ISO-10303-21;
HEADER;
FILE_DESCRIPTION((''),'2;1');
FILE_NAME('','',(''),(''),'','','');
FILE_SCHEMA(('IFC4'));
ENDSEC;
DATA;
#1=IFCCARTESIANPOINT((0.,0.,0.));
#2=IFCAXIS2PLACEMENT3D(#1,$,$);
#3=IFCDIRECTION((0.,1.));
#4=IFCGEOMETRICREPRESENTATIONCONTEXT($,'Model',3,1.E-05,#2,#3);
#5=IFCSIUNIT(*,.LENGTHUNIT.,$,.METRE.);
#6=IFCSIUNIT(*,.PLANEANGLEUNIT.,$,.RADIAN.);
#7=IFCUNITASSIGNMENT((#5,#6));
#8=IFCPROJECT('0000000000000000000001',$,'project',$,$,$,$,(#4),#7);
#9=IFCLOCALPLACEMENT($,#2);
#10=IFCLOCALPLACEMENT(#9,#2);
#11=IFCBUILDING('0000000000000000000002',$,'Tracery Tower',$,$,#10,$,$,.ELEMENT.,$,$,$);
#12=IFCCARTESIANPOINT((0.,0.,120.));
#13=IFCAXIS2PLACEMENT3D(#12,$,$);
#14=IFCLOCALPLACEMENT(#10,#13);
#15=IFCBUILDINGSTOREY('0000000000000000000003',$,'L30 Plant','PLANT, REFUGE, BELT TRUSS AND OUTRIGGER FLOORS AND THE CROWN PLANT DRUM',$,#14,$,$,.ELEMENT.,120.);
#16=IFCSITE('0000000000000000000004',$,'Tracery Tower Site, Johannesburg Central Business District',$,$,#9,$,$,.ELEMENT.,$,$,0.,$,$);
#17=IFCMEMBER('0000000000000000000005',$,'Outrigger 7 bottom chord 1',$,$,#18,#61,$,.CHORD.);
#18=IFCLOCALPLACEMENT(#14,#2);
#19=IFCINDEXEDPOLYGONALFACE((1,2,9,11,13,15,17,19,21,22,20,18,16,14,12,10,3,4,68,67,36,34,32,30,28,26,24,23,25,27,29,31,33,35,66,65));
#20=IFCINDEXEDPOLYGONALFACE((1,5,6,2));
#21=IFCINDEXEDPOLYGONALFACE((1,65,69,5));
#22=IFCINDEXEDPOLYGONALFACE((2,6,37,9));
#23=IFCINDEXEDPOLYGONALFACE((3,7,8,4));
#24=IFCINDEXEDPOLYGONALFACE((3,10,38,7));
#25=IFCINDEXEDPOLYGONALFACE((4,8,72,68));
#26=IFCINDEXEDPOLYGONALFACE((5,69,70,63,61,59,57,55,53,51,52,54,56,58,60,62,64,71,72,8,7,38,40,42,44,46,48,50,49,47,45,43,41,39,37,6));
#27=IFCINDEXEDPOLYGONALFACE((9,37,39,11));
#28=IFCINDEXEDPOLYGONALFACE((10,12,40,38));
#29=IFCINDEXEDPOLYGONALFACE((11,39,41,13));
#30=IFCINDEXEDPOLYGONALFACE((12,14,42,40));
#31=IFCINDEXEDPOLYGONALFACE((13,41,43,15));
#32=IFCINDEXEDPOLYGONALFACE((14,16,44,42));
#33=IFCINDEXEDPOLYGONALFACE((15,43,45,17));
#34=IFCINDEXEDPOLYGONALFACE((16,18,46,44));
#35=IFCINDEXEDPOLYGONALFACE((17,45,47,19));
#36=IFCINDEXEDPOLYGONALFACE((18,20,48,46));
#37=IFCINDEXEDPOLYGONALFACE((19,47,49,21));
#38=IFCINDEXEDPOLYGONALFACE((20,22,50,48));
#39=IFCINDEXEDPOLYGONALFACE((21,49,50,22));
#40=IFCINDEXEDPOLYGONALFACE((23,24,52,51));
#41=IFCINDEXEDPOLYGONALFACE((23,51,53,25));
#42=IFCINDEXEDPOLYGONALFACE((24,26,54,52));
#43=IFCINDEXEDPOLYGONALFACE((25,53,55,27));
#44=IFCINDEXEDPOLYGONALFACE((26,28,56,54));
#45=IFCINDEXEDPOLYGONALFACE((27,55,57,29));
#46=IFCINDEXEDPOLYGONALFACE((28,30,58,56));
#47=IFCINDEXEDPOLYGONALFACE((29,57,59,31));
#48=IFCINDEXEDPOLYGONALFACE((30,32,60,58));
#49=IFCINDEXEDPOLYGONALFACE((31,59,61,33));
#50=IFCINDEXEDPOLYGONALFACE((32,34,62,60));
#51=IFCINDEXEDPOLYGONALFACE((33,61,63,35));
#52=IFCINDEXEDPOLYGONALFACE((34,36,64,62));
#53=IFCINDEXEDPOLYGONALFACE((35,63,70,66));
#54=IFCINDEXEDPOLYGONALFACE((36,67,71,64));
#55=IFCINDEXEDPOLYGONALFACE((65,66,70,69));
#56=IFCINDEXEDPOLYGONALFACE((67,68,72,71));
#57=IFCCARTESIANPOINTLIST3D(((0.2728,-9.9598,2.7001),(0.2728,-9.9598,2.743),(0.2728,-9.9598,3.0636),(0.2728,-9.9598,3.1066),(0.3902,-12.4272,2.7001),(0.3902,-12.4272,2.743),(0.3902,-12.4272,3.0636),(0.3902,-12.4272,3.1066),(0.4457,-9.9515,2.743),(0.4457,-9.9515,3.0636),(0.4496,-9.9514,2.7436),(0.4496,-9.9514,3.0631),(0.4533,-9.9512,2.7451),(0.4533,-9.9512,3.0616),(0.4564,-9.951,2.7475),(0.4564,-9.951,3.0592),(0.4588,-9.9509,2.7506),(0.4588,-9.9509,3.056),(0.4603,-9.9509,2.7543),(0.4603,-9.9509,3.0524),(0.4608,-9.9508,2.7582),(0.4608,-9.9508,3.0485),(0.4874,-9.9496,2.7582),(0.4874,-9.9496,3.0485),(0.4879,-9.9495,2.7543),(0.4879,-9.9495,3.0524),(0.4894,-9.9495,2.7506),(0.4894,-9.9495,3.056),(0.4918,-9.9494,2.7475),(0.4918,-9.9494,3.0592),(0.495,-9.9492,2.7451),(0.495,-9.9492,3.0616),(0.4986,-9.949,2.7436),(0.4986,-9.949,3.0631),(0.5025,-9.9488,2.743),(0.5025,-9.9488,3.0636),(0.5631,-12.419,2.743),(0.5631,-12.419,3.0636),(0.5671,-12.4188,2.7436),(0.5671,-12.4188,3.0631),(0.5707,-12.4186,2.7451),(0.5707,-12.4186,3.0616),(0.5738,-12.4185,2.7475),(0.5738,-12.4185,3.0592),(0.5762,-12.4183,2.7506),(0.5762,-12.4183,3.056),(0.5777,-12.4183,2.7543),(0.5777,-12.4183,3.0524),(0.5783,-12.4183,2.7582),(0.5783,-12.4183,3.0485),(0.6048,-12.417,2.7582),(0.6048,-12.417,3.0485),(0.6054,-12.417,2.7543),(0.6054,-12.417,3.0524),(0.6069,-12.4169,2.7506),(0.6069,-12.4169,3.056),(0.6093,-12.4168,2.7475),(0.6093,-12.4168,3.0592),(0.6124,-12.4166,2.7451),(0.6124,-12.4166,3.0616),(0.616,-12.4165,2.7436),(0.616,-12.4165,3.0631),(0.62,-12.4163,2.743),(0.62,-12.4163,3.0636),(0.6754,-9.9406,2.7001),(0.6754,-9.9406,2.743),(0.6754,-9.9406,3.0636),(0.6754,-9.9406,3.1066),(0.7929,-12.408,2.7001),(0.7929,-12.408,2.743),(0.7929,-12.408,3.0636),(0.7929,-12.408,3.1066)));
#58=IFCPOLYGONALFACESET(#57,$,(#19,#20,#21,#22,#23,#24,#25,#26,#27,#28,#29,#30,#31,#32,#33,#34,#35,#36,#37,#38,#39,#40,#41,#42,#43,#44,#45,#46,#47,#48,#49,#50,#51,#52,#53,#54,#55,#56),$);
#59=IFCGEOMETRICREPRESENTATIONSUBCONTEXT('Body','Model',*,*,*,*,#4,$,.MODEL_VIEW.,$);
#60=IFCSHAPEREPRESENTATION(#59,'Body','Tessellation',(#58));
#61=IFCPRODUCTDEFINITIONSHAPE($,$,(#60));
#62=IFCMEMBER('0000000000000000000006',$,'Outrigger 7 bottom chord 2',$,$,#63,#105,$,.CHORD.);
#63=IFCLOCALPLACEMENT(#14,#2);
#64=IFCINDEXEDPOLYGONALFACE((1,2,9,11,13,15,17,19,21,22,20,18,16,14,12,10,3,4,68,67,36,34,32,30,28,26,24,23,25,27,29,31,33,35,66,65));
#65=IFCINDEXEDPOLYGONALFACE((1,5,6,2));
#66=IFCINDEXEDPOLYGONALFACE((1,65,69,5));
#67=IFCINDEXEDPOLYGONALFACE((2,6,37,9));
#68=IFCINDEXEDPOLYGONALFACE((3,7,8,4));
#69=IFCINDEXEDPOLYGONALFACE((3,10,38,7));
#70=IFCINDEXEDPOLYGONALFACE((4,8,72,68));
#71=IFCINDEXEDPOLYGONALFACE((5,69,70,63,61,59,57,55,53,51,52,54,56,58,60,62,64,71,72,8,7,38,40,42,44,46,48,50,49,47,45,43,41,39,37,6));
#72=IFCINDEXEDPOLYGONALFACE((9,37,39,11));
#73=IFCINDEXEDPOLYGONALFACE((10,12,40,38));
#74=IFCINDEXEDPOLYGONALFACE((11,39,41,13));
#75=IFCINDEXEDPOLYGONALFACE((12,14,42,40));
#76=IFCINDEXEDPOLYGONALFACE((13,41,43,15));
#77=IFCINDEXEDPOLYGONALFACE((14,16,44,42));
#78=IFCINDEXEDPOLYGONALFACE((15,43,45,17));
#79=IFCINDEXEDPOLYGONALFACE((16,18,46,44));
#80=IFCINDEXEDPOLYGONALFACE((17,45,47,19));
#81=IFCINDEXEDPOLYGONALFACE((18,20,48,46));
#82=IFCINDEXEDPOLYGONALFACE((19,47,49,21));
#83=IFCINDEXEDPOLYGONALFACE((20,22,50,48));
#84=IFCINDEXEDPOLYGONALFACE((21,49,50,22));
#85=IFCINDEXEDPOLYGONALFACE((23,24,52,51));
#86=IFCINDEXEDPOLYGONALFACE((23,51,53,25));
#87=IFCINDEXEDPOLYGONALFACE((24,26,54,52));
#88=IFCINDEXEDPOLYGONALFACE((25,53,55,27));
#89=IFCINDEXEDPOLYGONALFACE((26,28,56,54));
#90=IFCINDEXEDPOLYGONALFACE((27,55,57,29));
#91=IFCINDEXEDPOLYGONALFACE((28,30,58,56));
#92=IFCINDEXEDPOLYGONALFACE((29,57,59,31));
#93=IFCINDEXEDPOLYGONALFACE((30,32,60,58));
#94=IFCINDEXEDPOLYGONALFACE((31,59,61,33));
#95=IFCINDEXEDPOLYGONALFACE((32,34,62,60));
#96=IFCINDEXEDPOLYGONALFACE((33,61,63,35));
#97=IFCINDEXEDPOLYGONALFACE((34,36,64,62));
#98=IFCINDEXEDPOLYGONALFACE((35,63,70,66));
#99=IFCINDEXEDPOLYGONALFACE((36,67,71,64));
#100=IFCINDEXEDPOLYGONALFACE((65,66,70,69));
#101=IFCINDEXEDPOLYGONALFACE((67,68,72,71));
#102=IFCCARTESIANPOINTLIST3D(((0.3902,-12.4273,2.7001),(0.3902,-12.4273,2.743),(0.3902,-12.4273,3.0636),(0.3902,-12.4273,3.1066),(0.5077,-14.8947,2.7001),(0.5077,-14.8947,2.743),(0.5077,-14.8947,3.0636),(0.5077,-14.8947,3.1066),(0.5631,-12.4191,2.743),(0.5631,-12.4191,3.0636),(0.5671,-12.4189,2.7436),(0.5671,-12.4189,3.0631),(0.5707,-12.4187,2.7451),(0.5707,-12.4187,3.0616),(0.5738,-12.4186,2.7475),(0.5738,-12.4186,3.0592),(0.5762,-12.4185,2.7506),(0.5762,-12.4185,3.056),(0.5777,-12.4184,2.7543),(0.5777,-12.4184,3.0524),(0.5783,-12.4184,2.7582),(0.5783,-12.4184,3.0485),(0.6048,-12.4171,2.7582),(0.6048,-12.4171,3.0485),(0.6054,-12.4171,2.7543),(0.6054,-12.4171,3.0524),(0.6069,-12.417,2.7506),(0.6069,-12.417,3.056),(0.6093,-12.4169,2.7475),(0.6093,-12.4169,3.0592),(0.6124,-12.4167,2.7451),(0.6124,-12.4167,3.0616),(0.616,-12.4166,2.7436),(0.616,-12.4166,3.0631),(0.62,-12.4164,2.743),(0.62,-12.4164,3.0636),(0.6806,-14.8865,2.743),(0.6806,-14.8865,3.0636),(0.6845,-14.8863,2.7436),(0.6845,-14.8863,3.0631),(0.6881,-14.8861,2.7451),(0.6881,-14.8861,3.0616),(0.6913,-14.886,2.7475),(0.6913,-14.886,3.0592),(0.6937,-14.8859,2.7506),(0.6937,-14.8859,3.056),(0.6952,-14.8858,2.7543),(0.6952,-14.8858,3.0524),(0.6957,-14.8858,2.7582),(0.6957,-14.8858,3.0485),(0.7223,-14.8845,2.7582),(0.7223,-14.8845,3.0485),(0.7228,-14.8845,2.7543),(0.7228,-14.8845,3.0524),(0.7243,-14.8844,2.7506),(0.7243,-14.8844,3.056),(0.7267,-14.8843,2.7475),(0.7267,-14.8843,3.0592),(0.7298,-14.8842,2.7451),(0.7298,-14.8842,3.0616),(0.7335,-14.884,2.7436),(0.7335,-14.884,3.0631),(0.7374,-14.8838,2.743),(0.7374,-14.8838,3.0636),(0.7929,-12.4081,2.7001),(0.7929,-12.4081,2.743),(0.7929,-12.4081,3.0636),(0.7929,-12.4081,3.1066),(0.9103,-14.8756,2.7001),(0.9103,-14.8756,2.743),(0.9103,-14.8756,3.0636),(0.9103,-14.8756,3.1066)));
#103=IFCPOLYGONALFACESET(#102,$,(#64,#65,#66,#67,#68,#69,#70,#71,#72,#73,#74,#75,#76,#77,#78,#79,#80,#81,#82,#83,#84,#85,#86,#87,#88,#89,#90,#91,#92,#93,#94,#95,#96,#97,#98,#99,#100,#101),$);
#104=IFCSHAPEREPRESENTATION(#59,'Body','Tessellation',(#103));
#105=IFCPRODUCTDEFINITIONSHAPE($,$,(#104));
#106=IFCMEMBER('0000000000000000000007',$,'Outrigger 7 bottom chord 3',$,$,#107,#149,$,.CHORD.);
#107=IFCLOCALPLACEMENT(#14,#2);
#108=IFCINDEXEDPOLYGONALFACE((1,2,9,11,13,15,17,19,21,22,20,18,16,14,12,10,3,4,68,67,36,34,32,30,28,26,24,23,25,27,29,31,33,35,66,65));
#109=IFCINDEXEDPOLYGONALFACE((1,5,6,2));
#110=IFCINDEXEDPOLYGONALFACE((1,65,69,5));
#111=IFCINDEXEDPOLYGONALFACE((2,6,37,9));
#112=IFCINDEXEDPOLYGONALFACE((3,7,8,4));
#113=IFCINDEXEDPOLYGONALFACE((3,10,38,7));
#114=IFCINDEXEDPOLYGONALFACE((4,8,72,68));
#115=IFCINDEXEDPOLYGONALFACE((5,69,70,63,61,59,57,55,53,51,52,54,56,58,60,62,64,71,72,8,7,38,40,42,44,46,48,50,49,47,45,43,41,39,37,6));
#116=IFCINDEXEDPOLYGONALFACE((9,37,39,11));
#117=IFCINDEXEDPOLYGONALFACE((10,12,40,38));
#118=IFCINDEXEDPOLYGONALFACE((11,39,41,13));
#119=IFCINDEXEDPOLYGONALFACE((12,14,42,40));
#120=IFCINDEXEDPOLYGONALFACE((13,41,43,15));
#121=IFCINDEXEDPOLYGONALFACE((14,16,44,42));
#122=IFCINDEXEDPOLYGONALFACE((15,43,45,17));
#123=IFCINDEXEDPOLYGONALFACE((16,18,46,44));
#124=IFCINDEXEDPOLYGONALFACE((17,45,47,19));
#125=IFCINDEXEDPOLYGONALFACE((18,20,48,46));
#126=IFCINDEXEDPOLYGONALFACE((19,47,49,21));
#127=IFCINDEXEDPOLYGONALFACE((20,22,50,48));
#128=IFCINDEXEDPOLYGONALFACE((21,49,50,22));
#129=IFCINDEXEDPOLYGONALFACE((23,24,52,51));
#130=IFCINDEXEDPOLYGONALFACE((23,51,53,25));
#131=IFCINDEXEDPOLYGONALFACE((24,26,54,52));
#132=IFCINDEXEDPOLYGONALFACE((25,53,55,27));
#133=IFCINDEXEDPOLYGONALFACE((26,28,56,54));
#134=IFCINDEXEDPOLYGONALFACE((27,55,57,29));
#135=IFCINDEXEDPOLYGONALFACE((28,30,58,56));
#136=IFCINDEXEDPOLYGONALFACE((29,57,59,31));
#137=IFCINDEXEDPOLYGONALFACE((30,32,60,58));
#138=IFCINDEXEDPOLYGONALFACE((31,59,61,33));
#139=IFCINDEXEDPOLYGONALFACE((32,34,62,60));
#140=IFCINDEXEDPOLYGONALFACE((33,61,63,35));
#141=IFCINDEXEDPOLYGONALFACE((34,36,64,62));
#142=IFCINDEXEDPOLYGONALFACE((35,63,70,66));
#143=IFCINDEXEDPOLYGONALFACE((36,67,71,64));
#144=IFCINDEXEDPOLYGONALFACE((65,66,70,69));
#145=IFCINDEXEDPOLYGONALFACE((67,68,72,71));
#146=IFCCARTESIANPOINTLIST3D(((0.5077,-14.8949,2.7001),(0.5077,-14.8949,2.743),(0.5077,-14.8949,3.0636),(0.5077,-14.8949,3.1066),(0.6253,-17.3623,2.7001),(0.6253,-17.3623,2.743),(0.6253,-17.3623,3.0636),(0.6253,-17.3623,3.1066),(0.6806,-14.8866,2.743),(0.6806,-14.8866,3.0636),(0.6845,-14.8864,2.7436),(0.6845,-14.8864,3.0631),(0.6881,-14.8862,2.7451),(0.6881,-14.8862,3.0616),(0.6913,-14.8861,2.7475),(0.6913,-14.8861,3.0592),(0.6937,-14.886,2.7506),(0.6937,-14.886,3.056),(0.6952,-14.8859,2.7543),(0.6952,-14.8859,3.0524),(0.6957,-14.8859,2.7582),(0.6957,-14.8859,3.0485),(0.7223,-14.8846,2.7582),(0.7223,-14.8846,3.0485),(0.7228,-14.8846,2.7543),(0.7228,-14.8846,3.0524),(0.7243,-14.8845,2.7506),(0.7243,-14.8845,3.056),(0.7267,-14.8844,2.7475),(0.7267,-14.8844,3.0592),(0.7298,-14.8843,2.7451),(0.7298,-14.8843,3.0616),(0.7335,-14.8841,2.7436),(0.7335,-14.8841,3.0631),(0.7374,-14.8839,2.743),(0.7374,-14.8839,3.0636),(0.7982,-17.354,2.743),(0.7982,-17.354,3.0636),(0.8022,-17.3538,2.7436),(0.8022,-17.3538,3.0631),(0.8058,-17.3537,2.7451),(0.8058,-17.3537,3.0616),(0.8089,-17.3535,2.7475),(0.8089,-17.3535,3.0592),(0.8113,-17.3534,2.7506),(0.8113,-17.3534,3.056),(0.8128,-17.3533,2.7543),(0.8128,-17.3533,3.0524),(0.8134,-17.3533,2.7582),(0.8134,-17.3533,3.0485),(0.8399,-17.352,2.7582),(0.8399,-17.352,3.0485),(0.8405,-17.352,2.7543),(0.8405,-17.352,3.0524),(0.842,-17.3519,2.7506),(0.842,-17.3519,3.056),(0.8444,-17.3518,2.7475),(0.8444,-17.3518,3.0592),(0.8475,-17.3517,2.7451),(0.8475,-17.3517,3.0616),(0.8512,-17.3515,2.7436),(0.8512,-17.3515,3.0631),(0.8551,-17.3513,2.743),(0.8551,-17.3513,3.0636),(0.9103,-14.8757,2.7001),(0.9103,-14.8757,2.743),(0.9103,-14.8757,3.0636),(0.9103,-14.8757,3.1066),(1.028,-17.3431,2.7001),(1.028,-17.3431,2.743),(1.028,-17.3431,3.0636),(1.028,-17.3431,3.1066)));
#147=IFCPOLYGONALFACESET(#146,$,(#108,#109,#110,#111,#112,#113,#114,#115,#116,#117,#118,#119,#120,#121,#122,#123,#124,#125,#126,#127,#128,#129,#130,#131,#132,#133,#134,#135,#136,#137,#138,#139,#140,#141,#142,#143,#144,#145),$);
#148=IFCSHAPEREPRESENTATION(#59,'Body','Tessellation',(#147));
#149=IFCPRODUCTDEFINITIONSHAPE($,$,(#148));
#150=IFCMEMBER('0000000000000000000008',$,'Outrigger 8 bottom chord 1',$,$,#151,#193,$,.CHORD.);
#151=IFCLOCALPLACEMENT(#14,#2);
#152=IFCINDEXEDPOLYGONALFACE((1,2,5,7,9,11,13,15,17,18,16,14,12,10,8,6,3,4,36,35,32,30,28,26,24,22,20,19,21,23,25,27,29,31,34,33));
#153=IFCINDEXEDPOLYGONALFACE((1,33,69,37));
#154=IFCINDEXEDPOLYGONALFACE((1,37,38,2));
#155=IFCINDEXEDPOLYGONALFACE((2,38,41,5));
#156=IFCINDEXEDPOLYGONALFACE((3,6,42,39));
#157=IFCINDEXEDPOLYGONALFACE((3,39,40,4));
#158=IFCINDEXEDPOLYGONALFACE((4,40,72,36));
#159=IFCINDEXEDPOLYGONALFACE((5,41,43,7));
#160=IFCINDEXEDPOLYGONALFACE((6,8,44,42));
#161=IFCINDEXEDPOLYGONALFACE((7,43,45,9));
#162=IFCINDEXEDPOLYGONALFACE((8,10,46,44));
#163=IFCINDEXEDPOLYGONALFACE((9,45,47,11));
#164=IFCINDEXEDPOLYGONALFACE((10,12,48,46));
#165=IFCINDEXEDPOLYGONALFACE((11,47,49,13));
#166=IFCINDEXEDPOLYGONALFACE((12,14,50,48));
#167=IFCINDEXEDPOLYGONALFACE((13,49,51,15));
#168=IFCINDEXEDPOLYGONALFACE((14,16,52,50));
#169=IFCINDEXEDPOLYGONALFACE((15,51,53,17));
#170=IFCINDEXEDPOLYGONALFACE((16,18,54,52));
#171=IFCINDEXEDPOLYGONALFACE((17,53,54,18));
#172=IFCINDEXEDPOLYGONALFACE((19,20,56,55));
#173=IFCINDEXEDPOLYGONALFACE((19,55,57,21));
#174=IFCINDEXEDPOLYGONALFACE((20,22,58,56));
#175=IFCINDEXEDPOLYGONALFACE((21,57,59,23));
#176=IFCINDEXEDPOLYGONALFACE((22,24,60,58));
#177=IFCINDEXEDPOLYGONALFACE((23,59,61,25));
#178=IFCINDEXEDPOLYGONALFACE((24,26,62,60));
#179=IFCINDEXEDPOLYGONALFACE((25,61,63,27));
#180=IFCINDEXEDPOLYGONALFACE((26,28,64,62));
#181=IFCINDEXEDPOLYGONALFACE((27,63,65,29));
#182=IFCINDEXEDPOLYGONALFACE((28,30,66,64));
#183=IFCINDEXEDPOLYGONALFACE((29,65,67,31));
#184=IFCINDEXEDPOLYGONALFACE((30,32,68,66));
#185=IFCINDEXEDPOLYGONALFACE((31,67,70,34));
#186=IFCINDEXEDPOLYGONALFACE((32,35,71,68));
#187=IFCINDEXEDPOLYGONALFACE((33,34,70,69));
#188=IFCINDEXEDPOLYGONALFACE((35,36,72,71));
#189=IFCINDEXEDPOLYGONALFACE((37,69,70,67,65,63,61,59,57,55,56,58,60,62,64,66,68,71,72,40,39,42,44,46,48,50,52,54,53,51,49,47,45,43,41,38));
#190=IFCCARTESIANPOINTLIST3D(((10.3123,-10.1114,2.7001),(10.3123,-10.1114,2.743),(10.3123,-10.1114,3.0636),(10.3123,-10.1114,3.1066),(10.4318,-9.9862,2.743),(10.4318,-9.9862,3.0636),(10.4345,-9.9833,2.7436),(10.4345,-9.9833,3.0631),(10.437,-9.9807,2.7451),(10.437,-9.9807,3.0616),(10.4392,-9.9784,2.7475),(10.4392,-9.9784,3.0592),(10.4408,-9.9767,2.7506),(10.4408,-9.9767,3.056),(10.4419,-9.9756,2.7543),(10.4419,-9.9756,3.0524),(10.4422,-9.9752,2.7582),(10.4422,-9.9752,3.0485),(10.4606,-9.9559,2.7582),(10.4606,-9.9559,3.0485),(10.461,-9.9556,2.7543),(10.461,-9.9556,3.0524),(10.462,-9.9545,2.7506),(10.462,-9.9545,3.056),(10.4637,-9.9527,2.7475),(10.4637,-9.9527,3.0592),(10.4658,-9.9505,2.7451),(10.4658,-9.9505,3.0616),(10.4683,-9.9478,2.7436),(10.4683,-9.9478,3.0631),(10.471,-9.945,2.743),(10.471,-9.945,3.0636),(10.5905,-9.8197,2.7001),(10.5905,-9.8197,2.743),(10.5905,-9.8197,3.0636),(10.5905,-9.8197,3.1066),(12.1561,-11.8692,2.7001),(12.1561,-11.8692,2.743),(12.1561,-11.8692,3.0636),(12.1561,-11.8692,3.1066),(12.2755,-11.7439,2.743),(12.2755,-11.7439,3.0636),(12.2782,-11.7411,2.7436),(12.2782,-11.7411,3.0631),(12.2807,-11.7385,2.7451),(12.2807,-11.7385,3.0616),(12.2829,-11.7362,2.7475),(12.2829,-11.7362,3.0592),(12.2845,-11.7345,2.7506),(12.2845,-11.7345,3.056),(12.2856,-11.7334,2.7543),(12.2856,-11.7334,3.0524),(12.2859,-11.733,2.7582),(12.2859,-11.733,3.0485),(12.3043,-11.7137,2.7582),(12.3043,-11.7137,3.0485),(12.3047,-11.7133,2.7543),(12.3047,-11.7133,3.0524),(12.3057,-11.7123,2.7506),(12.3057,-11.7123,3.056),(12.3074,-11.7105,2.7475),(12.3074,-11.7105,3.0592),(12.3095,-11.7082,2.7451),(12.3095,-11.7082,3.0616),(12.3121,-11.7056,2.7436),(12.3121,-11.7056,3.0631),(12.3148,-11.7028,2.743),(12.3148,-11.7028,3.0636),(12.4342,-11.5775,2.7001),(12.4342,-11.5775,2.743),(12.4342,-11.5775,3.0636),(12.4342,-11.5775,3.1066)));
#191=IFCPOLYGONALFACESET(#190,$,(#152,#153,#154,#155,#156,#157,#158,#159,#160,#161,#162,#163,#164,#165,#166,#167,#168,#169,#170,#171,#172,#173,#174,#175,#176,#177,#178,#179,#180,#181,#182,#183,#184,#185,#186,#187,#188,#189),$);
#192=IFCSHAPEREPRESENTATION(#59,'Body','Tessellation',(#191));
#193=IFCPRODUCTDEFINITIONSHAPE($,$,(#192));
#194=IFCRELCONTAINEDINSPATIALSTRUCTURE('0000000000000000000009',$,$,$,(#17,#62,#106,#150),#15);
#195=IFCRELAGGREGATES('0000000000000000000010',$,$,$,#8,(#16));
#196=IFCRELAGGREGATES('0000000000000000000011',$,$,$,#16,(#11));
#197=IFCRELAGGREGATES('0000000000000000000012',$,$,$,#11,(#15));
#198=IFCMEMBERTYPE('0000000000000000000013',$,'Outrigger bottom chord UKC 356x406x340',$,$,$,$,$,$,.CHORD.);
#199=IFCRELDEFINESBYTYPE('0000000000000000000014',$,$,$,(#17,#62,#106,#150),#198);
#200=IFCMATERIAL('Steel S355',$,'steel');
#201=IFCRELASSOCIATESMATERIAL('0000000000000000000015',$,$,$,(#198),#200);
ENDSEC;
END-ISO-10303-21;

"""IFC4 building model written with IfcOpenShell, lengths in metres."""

from ifc_helpers import new_model, si_unit, direction, frame, origin, origin_2d, place, context, subcontext, project, spatial, i_section, extrude, material, material_profile, profile_set, type_object, element, save


model = new_model("IFC4")

# Units and contexts
model_context = context("Model", 3, precision=1e-05, world=origin(), true_north=direction((0.0, 1.0)))
body_context = subcontext(model_context, "Body", "Model", "MODEL_VIEW")
ifc_project = project(units=[si_unit("LENGTHUNIT", "METRE"), si_unit("PLANEANGLEUNIT", "RADIAN")], contexts=[model_context])

# Site, building, storey
site_placement = place(None, origin())
site = spatial("IfcSite", under=ifc_project, at=site_placement, Name="Tracery Tower Site, Johannesburg Central Business District", CompositionType="ELEMENT", RefElevation=0.0)
building_placement = place(site_placement, origin())
building = spatial("IfcBuilding", under=site, at=building_placement, Name="Tracery Tower", CompositionType="ELEMENT")
storey_placement = place(building_placement, frame((0.0, 0.0, 120.0)))
storey = spatial("IfcBuildingStorey", under=building, at=storey_placement, Name="L30 Plant", Description="PLANT, REFUGE, BELT TRUSS AND OUTRIGGER FLOORS AND THE CROWN PLANT DRUM", CompositionType="ELEMENT", Elevation=120.0)

# Members
ifc_material_1 = material(Name="Steel S355", Category="steel")
ifc_material_profile_1 = material_profile(ifc_material_1, i_section(OverallWidth=0.4031, OverallDepth=0.4065, WebThickness=0.0266, FlangeThickness=0.043, FilletRadius=0.0151, at=origin_2d()), Name="UKC 356x406x340")
ifc_profile_set_1 = profile_set([ifc_material_profile_1], Name="Steel S355")
member_type_1 = type_object("IfcMemberType", Name="Outrigger bottom chord UKC 356x406x340", PredefinedType="CHORD", material=ifc_profile_set_1)
for number, where, z_axis, x_axis, name in (
    (1, (0.4741, -9.9502, 2.9033), (0.047537, -0.998869, 0.0), (0.998869, 0.047537, 0.0), "Outrigger 7 bottom chord 1"),
    (2, (0.5916, -12.4177, 2.9033), (0.047537, -0.998869, 0.0), (0.998869, 0.047537, 0.0), "Outrigger 7 bottom chord 2"),
    (3, (0.709, -14.8853, 2.9033), (0.047636, -0.998865, 0.0), (0.998865, 0.047636, 0.0), "Outrigger 7 bottom chord 3"),
):
    element("IfcMember", number, at=place(storey_placement, frame(where, z_axis=z_axis, x_axis=x_axis)), inside=storey, type_object=member_type_1, Name=name, PredefinedType="CHORD", context=body_context, shape_type="SweptSolid", body=[
        extrude(i_section(OverallWidth=0.4031, OverallDepth=0.4065, WebThickness=0.0266, FlangeThickness=0.043, FilletRadius=0.0151, at=origin_2d()), origin(), (0.0, 0.0, 1.0), 2.4702),
    ])
member_1_placement = place(storey_placement, frame((10.4514, -9.9656, 2.9033), z_axis=(0.723773, -0.690038, 0.0), x_axis=(0.690038, 0.723773, 0.0)))
element("IfcMember", 4, at=member_1_placement, inside=storey, type_object=member_type_1, Name="Outrigger 8 bottom chord 1", PredefinedType="CHORD", context=body_context, shape_type="SweptSolid", body=[
    extrude(i_section(OverallWidth=0.4031, OverallDepth=0.4065, WebThickness=0.0266, FlangeThickness=0.043, FilletRadius=0.0151, at=origin_2d()), origin(), (0.0, 0.0, 1.0), 2.5474),
])

save(model, "model.ifc")
